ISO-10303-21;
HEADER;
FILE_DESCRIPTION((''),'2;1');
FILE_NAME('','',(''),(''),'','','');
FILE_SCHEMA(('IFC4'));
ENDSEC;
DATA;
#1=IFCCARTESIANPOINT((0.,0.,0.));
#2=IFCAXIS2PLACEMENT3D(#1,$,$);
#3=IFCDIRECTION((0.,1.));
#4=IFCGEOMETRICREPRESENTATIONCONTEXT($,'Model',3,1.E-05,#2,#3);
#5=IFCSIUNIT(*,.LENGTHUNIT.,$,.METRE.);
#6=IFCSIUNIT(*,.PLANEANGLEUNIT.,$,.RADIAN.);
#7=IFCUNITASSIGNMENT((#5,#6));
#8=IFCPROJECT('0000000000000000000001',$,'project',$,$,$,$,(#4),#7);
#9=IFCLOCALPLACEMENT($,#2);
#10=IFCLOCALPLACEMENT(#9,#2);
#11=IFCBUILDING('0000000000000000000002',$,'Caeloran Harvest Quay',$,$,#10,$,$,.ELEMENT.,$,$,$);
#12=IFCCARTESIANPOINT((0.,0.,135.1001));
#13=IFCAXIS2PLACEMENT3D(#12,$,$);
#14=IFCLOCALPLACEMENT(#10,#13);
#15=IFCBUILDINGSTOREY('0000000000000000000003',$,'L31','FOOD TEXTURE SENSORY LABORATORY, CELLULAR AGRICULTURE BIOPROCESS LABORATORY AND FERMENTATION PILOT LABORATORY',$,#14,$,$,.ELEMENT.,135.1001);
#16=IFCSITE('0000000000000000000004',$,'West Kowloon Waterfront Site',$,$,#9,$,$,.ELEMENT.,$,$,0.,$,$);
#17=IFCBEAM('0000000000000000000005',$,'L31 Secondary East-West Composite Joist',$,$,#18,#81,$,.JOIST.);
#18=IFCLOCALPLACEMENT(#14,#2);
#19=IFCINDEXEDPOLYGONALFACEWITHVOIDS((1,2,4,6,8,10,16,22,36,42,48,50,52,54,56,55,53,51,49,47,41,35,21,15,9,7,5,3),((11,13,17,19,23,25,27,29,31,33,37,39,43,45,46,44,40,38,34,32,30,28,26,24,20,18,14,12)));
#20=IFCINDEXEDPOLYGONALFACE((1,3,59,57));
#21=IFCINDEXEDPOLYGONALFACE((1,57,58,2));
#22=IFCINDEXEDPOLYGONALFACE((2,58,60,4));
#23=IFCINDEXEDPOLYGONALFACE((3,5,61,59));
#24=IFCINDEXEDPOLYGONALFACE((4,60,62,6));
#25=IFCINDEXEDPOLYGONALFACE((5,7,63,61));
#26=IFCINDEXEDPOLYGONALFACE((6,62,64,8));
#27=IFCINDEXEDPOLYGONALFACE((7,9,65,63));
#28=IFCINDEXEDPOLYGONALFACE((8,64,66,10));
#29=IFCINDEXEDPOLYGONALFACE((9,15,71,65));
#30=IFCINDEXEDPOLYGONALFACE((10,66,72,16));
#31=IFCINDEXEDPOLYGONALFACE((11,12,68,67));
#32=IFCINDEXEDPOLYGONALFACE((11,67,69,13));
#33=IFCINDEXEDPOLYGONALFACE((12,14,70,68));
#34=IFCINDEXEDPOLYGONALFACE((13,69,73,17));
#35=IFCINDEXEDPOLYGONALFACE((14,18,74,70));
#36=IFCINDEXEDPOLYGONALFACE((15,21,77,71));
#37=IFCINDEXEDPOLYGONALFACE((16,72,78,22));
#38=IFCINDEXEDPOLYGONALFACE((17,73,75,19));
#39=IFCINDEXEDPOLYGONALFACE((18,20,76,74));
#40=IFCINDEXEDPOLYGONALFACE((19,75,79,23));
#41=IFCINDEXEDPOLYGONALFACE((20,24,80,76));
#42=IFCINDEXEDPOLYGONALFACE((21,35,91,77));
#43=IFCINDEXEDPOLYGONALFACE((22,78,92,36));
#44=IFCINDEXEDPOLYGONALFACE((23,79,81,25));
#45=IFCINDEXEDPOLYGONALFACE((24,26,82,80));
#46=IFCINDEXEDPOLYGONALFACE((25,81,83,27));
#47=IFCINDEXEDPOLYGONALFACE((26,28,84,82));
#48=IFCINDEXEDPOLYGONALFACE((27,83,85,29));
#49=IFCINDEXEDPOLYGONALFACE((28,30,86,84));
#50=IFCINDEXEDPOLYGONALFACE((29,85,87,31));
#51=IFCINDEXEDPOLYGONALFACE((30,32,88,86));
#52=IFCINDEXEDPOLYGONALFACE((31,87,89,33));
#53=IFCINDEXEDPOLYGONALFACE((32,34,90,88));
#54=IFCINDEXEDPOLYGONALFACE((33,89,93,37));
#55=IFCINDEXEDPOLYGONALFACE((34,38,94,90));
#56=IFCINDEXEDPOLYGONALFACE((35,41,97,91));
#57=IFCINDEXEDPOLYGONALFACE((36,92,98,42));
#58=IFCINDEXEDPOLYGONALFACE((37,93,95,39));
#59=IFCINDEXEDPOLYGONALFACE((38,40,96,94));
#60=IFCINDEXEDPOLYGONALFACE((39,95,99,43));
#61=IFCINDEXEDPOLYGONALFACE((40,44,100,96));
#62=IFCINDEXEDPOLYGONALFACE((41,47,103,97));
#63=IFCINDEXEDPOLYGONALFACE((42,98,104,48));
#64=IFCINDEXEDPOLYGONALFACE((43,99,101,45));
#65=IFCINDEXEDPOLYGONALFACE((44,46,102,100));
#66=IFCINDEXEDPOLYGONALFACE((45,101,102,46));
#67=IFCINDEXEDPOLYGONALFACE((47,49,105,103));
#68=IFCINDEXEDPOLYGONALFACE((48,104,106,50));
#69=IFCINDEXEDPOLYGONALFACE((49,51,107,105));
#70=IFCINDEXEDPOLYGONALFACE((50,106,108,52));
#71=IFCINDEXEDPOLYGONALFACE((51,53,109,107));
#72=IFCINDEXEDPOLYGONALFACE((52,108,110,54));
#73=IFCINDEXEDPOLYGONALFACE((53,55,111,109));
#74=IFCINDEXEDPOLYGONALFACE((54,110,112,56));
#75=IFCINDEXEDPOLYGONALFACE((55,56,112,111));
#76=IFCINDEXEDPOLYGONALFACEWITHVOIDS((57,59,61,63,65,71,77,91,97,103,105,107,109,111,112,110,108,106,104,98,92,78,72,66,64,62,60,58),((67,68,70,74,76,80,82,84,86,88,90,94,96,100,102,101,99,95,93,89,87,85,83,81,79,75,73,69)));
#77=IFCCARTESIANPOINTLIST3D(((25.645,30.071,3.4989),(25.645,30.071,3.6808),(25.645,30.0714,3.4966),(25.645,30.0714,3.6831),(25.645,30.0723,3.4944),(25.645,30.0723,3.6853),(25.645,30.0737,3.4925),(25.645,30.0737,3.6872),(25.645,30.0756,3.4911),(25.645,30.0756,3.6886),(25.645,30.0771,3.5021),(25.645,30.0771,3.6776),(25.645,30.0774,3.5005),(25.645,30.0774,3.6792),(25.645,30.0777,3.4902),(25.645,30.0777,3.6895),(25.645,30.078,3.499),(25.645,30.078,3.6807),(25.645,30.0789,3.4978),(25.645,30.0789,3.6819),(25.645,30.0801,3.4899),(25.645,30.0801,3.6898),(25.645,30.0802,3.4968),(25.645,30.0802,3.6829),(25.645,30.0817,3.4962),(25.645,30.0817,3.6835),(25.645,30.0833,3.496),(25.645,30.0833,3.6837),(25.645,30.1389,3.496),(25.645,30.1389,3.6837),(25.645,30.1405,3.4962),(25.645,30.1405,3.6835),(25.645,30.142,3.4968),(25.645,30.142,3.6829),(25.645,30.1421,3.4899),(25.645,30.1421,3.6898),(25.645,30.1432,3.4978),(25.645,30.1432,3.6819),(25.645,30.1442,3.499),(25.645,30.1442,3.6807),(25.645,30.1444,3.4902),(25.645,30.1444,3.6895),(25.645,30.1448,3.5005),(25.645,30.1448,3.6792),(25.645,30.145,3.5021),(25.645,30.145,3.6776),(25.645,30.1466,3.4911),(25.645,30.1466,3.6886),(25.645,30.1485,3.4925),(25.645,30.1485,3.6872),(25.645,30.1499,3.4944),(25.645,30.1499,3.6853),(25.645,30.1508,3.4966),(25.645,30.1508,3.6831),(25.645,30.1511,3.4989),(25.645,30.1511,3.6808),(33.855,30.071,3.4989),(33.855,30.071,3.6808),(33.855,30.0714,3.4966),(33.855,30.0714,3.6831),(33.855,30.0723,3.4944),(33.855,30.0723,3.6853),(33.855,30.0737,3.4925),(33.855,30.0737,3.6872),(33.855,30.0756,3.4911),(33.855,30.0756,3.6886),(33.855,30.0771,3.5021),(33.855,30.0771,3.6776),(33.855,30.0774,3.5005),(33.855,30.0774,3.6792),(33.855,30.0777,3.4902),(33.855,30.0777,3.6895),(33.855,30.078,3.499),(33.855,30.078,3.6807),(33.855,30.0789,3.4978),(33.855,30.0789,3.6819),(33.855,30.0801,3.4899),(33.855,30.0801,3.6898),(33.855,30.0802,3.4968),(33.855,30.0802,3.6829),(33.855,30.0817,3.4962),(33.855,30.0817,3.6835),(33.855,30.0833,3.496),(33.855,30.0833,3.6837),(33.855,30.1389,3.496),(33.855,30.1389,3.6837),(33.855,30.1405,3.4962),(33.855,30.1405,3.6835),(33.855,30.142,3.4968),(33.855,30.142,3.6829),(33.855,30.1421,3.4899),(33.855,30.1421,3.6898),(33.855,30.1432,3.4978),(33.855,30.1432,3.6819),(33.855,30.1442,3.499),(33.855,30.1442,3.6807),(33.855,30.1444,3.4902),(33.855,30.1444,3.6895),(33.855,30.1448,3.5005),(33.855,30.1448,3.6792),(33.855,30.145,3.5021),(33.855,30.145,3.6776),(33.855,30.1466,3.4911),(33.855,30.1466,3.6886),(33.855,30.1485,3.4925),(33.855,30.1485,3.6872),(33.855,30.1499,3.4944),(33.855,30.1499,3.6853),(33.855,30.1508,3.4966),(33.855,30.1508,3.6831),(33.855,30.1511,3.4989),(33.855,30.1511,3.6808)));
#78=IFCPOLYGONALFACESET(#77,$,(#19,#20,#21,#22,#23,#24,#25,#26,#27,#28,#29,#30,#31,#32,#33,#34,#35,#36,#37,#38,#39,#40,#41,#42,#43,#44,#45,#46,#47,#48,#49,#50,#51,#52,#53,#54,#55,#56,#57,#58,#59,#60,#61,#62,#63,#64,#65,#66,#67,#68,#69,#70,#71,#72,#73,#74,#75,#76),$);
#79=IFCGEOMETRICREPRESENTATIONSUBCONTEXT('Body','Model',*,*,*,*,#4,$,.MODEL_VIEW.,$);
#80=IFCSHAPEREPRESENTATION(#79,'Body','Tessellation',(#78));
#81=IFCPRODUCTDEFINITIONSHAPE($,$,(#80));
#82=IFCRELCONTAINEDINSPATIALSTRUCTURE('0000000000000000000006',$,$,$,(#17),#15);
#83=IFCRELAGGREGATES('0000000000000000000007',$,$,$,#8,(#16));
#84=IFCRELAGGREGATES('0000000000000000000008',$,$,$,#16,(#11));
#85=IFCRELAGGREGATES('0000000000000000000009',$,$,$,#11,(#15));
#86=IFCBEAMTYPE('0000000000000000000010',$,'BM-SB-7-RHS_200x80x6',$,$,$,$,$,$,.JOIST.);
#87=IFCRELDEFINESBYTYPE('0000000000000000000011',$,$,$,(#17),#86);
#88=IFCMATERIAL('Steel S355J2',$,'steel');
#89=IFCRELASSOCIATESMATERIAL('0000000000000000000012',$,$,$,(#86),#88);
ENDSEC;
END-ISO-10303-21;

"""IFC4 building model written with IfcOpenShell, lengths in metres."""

from ifc_helpers import new_model, si_unit, direction, frame, origin, origin_2d, place, context, subcontext, project, spatial, hollow_rectangle, extrude, material, material_profile, profile_set, type_object, element, save


model = new_model("IFC4")

# Units and contexts
model_context = context("Model", 3, precision=1e-05, world=origin(), true_north=direction((0.0, 1.0)))
body_context = subcontext(model_context, "Body", "Model", "MODEL_VIEW")
ifc_project = project(units=[si_unit("LENGTHUNIT", "METRE"), si_unit("PLANEANGLEUNIT", "RADIAN")], contexts=[model_context])

# Site, building, storey
site_placement = place(None, origin())
site = spatial("IfcSite", under=ifc_project, at=site_placement, Name="West Kowloon Waterfront Site", CompositionType="ELEMENT", RefElevation=0.0)
building_placement = place(site_placement, origin())
building = spatial("IfcBuilding", under=site, at=building_placement, Name="Caeloran Harvest Quay", CompositionType="ELEMENT")
storey_placement = place(building_placement, frame((0.0, 0.0, 135.1001)))
storey = spatial("IfcBuildingStorey", under=building, at=storey_placement, Name="L31", Description="FOOD TEXTURE SENSORY LABORATORY, CELLULAR AGRICULTURE BIOPROCESS LABORATORY AND FERMENTATION PILOT LABORATORY", CompositionType="ELEMENT", Elevation=135.1001)

# Beam
ifc_material = material(Name="Steel S355J2", Category="steel")
ifc_material_profile_1 = material_profile(ifc_material, hollow_rectangle(XDim=0.0801, YDim=0.2, WallThickness=0.0061, InnerFilletRadius=0.0061, OuterFilletRadius=0.009, at=origin_2d()), Name="RHS 200x80x6")
ifc_profile_set_1 = profile_set([ifc_material_profile_1], Name="Steel S355J2")
beam_type_1 = type_object("IfcBeamType", Name="BM-SB-7-RHS_200x80x6", PredefinedType="JOIST", material=ifc_profile_set_1)
for number, where, z_axis, x_axis, name in (
    (1, (25.645, 30.1111, 3.5898), (1.0, 0.0, 0.0), (0.0, 1.0, 0.0), "L31 Secondary East-West Composite Joist"),
):
    element("IfcBeam", number, at=place(storey_placement, frame(where, z_axis=z_axis, x_axis=x_axis)), inside=storey, type_object=beam_type_1, Name=name, PredefinedType="JOIST", context=body_context, shape_type="SweptSolid", body=[
        extrude(hollow_rectangle(XDim=0.0801, YDim=0.2, WallThickness=0.0061, InnerFilletRadius=0.0061, OuterFilletRadius=0.009, at=origin_2d()), origin(), (0.0, 0.0, 1.0), 8.21),
    ])

save(model, "model.ifc")
